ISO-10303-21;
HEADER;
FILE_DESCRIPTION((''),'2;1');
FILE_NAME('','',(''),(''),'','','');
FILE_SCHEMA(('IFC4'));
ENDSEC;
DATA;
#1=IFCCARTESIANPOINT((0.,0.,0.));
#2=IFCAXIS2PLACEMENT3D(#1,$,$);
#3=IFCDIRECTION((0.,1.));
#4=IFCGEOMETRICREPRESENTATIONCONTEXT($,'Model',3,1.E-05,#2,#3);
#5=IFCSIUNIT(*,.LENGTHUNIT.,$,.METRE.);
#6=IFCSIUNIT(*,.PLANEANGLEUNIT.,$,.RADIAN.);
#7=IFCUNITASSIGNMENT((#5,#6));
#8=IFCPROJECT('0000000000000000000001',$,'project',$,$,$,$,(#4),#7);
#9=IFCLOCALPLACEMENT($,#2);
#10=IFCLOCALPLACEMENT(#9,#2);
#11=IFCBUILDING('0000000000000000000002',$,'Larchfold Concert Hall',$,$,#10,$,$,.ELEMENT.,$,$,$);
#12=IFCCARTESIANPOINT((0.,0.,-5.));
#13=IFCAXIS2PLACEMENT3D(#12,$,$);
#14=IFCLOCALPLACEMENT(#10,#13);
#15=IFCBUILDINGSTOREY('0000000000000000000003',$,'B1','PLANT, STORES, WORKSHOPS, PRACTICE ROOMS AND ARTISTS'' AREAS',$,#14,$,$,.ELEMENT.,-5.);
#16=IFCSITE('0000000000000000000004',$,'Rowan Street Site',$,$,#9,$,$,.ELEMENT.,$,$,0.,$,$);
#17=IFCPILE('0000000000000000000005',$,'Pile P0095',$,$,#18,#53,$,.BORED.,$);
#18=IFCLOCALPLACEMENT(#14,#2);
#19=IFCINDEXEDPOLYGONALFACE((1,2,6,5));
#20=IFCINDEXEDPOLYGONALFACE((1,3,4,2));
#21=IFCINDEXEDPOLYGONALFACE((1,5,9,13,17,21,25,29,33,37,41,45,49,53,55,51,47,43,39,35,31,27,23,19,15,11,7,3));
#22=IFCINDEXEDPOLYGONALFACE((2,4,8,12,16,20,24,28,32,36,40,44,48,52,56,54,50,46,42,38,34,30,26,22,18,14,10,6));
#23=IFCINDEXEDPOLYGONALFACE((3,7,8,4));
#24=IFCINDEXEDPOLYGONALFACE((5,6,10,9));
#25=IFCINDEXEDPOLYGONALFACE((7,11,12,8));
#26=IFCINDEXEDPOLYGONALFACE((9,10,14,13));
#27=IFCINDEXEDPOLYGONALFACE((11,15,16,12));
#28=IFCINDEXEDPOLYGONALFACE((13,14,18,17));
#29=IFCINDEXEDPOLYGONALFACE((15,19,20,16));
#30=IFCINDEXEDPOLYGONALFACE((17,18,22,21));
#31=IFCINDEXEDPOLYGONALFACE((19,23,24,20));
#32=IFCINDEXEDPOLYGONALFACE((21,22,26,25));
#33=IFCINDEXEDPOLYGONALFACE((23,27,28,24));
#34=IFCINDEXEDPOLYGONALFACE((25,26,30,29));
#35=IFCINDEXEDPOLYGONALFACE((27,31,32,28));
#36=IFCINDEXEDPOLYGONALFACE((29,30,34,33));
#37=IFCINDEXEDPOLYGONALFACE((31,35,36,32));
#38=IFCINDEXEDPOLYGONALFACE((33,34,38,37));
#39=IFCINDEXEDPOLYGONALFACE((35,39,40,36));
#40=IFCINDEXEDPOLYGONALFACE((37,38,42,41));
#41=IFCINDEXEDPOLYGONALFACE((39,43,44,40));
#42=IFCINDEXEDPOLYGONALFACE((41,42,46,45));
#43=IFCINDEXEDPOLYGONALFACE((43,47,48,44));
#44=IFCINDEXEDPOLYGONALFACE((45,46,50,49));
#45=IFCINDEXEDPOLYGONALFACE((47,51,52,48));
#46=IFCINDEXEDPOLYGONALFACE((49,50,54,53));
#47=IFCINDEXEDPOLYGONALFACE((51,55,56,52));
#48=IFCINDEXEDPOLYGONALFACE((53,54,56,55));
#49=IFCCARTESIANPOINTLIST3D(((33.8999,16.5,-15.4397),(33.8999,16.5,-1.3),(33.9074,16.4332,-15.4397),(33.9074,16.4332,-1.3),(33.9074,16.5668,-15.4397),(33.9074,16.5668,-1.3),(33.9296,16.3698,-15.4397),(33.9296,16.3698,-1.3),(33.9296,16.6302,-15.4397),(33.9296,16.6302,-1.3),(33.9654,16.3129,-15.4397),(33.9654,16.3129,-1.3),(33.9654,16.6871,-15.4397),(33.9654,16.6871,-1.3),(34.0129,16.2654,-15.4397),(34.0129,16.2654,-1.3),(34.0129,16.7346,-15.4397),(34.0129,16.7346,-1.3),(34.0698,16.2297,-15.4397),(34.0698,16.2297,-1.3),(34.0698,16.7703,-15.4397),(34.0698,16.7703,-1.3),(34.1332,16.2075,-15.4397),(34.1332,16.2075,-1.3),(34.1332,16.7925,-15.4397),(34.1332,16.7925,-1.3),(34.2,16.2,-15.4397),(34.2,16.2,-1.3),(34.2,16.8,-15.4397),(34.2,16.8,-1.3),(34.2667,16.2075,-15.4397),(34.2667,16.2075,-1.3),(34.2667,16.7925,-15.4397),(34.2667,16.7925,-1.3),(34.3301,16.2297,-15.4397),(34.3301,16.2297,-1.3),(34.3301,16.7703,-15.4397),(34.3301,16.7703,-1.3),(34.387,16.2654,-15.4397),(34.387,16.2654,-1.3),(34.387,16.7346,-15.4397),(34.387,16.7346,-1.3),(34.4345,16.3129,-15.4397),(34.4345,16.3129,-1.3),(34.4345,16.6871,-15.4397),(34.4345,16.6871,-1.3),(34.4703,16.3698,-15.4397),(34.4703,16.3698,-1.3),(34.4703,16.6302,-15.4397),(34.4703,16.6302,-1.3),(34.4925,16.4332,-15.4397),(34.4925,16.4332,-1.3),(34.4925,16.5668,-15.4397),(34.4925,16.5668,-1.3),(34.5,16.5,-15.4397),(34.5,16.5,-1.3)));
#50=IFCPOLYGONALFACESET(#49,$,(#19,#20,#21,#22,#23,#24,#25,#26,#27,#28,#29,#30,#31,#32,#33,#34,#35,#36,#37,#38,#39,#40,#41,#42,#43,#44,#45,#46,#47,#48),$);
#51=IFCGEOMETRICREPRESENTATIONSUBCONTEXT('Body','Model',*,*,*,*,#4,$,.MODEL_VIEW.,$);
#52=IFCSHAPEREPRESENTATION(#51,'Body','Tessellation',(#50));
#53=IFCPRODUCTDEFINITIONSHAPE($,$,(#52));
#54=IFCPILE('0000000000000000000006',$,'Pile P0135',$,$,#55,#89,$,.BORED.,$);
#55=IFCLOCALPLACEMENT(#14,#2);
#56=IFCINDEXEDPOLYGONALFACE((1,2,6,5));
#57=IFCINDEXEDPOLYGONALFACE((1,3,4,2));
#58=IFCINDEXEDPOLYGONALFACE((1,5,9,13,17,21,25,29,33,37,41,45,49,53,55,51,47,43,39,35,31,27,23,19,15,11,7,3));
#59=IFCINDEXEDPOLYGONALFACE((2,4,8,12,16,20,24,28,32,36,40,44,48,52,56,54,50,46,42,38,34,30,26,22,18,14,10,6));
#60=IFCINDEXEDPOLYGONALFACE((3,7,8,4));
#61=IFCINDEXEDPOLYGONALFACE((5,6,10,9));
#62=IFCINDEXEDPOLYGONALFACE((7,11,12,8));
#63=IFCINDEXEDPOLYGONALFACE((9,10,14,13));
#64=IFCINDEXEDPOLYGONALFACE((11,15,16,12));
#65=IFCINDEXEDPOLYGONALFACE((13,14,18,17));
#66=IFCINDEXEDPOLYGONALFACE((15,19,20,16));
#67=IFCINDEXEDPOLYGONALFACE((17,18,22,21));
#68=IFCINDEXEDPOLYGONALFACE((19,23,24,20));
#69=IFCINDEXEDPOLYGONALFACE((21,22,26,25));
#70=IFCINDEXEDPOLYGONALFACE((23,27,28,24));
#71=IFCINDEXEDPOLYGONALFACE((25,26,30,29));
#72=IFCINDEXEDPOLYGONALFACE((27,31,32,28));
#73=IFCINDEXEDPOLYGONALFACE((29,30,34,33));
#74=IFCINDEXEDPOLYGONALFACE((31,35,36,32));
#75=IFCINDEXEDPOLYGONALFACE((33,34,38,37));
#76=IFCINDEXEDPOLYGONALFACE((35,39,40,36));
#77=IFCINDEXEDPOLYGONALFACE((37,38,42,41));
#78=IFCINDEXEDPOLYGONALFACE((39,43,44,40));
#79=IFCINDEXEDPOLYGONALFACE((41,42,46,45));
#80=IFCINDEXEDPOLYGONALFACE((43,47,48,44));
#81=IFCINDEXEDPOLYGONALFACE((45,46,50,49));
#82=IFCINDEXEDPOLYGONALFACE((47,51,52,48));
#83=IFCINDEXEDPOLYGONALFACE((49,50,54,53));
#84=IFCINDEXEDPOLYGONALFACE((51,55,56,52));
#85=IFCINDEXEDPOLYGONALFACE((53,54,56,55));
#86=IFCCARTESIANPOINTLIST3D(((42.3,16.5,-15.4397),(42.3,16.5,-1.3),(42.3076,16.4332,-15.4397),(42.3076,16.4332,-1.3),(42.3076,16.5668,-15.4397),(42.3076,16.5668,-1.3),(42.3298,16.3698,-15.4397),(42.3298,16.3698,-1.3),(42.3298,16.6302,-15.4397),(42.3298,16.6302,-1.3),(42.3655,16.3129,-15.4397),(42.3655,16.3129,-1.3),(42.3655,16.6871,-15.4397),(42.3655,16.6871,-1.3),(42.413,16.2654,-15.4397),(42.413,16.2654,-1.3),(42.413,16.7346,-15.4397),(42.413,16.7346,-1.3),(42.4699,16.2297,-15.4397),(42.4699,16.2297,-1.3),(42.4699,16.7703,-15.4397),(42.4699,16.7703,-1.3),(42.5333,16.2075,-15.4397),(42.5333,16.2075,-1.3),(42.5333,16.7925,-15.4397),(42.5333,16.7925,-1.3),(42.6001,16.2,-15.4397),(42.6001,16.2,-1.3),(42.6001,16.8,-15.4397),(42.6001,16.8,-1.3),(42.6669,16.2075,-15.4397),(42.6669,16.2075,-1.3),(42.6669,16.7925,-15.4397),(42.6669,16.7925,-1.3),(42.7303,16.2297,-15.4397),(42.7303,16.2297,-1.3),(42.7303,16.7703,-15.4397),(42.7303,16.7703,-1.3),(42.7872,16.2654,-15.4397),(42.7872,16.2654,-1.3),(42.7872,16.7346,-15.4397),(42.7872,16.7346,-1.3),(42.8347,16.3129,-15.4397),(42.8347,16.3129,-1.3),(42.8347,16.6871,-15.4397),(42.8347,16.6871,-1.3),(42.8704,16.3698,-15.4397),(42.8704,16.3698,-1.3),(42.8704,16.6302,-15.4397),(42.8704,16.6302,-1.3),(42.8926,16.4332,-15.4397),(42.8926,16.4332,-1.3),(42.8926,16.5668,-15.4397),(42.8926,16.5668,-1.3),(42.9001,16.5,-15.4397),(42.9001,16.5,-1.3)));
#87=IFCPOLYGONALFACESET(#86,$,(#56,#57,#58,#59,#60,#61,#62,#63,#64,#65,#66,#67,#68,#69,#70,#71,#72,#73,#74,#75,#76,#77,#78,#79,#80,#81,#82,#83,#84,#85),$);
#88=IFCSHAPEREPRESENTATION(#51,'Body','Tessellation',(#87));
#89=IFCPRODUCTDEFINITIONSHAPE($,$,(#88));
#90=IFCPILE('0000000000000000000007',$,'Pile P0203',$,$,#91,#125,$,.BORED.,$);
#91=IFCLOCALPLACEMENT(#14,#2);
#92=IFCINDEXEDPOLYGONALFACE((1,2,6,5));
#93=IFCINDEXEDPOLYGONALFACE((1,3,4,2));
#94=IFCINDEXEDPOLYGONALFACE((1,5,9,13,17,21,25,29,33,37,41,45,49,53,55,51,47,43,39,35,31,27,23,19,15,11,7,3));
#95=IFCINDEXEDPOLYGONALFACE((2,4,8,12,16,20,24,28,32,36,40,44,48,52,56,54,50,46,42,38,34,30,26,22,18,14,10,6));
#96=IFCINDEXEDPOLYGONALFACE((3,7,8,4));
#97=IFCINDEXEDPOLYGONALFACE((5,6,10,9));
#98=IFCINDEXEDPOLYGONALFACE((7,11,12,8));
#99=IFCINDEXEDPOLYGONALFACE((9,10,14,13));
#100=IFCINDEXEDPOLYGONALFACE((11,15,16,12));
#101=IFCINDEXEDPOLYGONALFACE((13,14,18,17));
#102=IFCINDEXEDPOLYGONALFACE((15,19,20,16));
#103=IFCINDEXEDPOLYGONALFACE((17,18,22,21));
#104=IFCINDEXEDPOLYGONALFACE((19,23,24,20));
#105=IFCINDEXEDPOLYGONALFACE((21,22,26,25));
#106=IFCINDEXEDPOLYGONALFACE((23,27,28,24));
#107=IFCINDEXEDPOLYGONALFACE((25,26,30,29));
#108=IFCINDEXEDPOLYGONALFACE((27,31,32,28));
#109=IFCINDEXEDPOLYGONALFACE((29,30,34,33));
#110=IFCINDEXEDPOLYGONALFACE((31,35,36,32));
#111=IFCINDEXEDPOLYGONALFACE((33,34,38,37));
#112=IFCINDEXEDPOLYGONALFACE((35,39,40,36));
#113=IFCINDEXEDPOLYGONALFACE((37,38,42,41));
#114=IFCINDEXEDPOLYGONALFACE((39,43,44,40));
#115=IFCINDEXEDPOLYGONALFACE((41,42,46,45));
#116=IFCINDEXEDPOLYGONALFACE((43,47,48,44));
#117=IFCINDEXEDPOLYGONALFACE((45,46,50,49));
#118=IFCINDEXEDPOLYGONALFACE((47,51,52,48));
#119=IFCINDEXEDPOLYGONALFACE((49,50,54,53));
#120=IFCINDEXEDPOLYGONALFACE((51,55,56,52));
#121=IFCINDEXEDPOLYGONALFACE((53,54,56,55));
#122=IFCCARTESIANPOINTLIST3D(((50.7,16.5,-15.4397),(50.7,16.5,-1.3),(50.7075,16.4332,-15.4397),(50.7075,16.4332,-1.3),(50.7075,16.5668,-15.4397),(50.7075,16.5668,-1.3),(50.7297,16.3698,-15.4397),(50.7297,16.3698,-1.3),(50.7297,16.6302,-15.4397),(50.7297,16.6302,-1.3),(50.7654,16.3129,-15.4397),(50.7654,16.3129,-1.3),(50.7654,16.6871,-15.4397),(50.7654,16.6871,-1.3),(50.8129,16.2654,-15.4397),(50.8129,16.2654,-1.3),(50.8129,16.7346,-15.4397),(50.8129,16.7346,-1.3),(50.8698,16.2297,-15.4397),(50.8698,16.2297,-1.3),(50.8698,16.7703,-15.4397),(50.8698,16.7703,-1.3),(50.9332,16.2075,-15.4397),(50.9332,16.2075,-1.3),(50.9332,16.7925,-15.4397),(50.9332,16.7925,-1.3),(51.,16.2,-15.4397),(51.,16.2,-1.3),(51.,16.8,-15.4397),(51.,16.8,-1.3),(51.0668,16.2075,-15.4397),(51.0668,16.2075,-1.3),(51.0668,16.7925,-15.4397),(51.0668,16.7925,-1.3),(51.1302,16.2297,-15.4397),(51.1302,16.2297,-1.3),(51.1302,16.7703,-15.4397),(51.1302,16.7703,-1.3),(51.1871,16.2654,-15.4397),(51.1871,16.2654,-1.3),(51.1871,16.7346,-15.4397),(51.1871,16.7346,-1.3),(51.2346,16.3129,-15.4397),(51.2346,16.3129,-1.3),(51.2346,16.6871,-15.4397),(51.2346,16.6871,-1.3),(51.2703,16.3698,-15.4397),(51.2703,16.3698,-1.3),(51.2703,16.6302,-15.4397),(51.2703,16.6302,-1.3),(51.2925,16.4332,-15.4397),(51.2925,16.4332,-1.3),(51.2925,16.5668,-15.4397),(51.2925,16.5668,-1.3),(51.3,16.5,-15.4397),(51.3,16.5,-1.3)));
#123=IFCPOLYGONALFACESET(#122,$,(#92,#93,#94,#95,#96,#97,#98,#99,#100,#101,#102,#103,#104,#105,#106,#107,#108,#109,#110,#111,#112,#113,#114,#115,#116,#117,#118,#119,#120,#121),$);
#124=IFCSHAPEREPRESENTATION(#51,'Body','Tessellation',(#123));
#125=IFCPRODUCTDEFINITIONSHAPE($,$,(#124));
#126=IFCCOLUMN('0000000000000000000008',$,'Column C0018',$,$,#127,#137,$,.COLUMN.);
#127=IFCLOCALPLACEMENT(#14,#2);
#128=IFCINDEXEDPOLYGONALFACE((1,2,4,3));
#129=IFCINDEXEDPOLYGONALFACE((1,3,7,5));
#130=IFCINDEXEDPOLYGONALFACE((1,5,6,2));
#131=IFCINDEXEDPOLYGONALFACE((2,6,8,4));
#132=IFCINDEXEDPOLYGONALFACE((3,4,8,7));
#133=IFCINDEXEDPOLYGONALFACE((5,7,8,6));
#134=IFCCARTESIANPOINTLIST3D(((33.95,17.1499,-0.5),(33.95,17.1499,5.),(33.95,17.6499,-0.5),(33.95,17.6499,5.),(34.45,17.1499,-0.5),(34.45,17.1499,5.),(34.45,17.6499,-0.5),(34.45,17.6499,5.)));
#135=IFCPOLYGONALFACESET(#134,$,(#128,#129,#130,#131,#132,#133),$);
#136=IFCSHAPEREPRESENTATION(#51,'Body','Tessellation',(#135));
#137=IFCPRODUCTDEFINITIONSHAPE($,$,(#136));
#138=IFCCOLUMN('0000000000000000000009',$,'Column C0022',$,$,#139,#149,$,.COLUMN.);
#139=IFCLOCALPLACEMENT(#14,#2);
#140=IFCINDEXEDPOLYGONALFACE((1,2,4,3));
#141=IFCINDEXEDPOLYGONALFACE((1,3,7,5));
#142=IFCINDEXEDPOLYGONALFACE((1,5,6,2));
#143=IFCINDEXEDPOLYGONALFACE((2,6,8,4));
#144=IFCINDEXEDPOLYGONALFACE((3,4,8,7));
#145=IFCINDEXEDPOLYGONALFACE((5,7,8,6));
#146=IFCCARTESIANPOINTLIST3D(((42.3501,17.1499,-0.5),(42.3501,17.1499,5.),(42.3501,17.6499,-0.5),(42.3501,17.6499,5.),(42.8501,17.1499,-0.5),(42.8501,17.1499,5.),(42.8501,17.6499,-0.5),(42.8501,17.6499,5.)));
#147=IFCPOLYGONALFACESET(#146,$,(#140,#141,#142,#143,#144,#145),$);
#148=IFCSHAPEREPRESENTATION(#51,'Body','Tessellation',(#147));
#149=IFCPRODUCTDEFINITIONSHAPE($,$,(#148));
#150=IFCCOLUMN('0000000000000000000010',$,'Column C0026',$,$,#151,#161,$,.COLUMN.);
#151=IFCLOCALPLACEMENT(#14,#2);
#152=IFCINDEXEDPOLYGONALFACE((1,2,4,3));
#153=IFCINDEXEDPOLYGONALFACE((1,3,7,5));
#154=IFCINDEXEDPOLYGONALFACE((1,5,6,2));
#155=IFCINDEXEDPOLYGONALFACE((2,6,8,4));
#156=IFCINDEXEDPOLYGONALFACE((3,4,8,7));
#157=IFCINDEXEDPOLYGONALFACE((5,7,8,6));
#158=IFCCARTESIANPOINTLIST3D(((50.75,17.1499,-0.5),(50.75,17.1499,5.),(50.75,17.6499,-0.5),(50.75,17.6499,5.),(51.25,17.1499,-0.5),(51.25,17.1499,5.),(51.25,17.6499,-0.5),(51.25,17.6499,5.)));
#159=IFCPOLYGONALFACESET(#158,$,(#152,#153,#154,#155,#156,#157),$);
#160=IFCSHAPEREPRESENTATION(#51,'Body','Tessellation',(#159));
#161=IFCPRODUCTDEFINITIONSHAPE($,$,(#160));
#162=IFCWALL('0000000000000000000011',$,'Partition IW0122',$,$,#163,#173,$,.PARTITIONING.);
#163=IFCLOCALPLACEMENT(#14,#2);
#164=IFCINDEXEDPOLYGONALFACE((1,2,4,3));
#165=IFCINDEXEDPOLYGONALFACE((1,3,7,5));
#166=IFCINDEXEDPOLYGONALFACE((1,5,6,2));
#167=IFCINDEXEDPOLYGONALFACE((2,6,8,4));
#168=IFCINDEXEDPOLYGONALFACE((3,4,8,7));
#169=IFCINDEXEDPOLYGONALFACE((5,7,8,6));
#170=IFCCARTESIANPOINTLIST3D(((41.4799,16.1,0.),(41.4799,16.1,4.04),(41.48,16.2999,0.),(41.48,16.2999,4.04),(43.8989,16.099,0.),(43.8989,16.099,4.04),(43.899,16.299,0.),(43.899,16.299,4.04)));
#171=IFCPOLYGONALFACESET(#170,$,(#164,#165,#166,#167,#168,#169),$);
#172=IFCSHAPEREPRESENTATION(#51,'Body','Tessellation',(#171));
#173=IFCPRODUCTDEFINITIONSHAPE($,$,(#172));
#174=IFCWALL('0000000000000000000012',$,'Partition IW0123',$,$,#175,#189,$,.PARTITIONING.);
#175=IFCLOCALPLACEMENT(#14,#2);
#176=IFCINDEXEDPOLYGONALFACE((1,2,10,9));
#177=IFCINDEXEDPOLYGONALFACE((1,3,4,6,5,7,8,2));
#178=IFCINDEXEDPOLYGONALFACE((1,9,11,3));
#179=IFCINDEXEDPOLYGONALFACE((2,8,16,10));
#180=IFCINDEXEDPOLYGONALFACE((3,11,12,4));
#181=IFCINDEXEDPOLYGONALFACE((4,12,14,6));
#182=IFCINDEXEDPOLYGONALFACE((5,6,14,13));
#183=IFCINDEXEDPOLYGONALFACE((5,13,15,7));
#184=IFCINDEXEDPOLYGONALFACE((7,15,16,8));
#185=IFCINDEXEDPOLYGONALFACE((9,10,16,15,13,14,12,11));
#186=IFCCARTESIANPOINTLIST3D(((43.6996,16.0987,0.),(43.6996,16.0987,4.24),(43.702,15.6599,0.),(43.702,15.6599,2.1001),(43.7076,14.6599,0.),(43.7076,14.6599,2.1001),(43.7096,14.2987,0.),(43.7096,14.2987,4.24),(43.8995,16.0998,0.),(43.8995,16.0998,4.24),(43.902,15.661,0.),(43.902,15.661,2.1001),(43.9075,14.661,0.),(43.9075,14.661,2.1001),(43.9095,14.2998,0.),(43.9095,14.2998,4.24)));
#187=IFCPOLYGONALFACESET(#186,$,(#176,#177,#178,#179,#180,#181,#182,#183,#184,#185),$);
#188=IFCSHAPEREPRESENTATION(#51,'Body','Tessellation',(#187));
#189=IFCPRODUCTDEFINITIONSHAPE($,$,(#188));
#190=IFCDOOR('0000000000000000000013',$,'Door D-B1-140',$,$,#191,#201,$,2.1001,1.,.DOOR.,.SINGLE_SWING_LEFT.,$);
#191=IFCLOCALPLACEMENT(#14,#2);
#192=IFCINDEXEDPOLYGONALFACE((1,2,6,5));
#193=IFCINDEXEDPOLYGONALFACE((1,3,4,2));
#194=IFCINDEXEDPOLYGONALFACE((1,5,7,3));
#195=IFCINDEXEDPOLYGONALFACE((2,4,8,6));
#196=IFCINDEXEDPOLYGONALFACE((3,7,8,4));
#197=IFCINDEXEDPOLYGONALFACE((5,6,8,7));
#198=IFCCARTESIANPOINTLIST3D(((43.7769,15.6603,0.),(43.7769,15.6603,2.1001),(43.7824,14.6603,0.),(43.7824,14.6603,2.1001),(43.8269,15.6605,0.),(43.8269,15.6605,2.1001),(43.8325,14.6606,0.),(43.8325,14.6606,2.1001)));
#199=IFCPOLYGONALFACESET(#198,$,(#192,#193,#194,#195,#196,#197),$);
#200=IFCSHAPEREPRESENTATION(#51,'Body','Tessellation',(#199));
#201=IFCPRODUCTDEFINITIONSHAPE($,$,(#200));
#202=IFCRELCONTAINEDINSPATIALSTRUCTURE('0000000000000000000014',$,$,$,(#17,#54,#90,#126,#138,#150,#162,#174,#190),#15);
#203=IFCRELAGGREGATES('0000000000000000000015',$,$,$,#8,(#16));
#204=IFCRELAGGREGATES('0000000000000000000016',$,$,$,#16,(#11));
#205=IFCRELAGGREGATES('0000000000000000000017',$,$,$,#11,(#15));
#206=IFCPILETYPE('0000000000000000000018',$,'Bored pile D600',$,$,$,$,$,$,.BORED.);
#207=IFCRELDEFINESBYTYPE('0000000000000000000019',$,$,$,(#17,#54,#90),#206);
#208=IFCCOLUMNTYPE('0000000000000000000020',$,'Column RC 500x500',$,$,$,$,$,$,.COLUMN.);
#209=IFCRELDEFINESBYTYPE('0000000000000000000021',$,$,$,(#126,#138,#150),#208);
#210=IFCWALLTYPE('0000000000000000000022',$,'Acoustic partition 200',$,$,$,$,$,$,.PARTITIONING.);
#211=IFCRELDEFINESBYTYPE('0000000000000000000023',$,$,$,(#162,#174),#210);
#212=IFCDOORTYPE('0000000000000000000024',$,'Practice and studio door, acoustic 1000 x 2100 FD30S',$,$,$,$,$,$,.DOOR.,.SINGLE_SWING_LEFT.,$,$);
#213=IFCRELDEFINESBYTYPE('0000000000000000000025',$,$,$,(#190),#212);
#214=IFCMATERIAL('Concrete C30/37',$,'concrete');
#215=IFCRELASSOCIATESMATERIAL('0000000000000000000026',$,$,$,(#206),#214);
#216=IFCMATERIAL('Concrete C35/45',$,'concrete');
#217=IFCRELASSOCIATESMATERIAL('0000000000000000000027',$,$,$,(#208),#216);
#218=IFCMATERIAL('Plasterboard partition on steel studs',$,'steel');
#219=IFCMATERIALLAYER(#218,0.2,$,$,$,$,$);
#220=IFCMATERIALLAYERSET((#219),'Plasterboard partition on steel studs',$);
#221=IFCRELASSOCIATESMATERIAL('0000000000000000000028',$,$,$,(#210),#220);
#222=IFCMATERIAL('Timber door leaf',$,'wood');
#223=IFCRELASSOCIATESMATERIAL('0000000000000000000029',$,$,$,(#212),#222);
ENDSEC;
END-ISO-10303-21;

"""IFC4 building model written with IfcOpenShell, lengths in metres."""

from ifc_helpers import new_model, si_unit, direction, frame, frame_2d, origin, origin_2d, place, context, subcontext, project, spatial, rectangle, circle, extrude, material, layer, layer_set, material_profile, profile_set, type_object, element, fill, save


model = new_model("IFC4")

# Units and contexts
model_context = context("Model", 3, precision=1e-05, world=origin(), true_north=direction((0.0, 1.0)))
body_context = subcontext(model_context, "Body", "Model", "MODEL_VIEW")
ifc_project = project(units=[si_unit("LENGTHUNIT", "METRE"), si_unit("PLANEANGLEUNIT", "RADIAN")], contexts=[model_context])

# Site, building, storey
site_placement = place(None, origin())
site = spatial("IfcSite", under=ifc_project, at=site_placement, Name="Rowan Street Site", CompositionType="ELEMENT", RefElevation=0.0)
building_placement = place(site_placement, origin())
building = spatial("IfcBuilding", under=site, at=building_placement, Name="Larchfold Concert Hall", CompositionType="ELEMENT")
storey_placement = place(building_placement, frame((0.0, 0.0, -5.0)))
storey = spatial("IfcBuildingStorey", under=building, at=storey_placement, Name="B1", Description="PLANT, STORES, WORKSHOPS, PRACTICE ROOMS AND ARTISTS' AREAS", CompositionType="ELEMENT", Elevation=-5.0)

# Piles
ifc_material_1 = material(Name="Concrete C30/37", Category="concrete")
ifc_material_profile_1 = material_profile(ifc_material_1, circle(Radius=0.3, at=origin_2d()))
ifc_profile_set_1 = profile_set([ifc_material_profile_1], Name="Concrete C30/37")
pile_type = type_object("IfcPileType", Name="Bored pile D600", PredefinedType="BORED", material=ifc_profile_set_1)
for number, where, z_axis, x_axis, name in (
    (1, (34.2, 16.5, -1.3), (0.0, 0.0, -1.0), (1.0, 0.0, 0.0), "Pile P0095"),
    (2, (42.6001, 16.5, -1.3), (0.0, 0.0, -1.0), (1.0, 0.0, 0.0), "Pile P0135"),
    (3, (51.0, 16.5, -1.3), (0.0, 0.0, -1.0), (1.0, 0.0, 0.0), "Pile P0203"),
):
    element("IfcPile", number, at=place(storey_placement, frame(where, z_axis=z_axis, x_axis=x_axis)), inside=storey, type_object=pile_type, Name=name, PredefinedType="BORED", context=body_context, shape_type="SweptSolid", body=[
        extrude(circle(Radius=0.3, at=origin_2d()), origin(), (0.0, 0.0, 1.0), 14.1396),
    ])

# Columns
ifc_material_2 = material(Name="Concrete C35/45", Category="concrete")
ifc_material_profile_2 = material_profile(ifc_material_2, rectangle(XDim=0.5, YDim=0.5, at=origin_2d()))
ifc_profile_set_2 = profile_set([ifc_material_profile_2], Name="Concrete C35/45")
column_type = type_object("IfcColumnType", Name="Column RC 500x500", PredefinedType="COLUMN", material=ifc_profile_set_2)
for number, where, z_axis, x_axis, name in (
    (4, (34.2, 17.3999, -0.5), (0.0, 0.0, 1.0), (1.0, 0.0, 0.0), "Column C0018"),
    (5, (42.6001, 17.3999, -0.5), (0.0, 0.0, 1.0), (1.0, 0.0, 0.0), "Column C0022"),
    (6, (51.0, 17.3999, -0.5), (0.0, 0.0, 1.0), (1.0, 0.0, 0.0), "Column C0026"),
):
    element("IfcColumn", number, at=place(storey_placement, frame(where, z_axis=z_axis, x_axis=x_axis)), inside=storey, type_object=column_type, Name=name, PredefinedType="COLUMN", context=body_context, shape_type="SweptSolid", body=[
        extrude(rectangle(XDim=0.5, YDim=0.5, at=origin_2d()), origin(), (0.0, 0.0, 1.0), 5.5),
    ])

# Wall
ifc_material_3 = material(Name="Plasterboard partition on steel studs", Category="steel")
ifc_layer_1 = layer(ifc_material_3, 0.2)
ifc_layer_set_1 = layer_set([ifc_layer_1], Name="Plasterboard partition on steel studs")
wall_type_1 = type_object("IfcWallType", Name="Acoustic partition 200", PredefinedType="PARTITIONING", material=ifc_layer_set_1)
wall_1_placement = place(storey_placement, frame((41.48, 16.2, 0.0), z_axis=(0.0, 0.0, 1.0), x_axis=(1.0, -0.000404, 0.0)))
element("IfcWall", 7, at=wall_1_placement, inside=storey, type_object=wall_type_1, Name="Partition IW0122", PredefinedType="PARTITIONING", context=body_context, shape_type="SweptSolid", body=[
    extrude(rectangle(XDim=2.4189, YDim=0.2, at=frame_2d((1.2095, 0.0))), origin(), (0.0, 0.0, 1.0), 4.04),
])

# Wall, opening, door
wall_2_placement = place(storey_placement, frame((43.7996, 16.0991, 0.0), z_axis=(0.0, 0.0, 1.0), x_axis=(0.005561, -0.999985, 0.0)))
wall_2 = element("IfcWall", 8, at=wall_2_placement, inside=storey, type_object=wall_type_1, Name="Partition IW0123", PredefinedType="PARTITIONING", context=body_context, shape_type="SweptSolid", body=[
    extrude(rectangle(XDim=1.8, YDim=0.2, at=frame_2d((0.8999, 0.0))), origin(), (0.0, 0.0, 1.0), 4.24),
])
opening_1_placement = place(wall_2_placement, frame((0.4387, 0.0, 0.0)))
opening_1 = element("IfcOpeningElement", 9, at=opening_1_placement, cuts=wall_2, PredefinedType="OPENING", context=body_context, shape_type="SweptSolid", body=[
    extrude(rectangle(XDim=1.0, YDim=2.1001, at=frame_2d((0.5, 1.05))), frame((0.0, 0.1099, 0.0), z_axis=(0.0, -1.0, 0.0), x_axis=(1.0, 0.0, 0.0)), (0.0, 0.0, 1.0), 0.22),
])
ifc_material_4 = material(Name="Timber door leaf", Category="wood")
door_type_1 = type_object("IfcDoorType", Name="Practice and studio door, acoustic 1000 x 2100 FD30S", OperationType="SINGLE_SWING_LEFT", PredefinedType="DOOR", material=ifc_material_4)
door_1_placement = place(opening_1_placement, origin())
door_1 = element("IfcDoor", 10, at=door_1_placement, inside=storey, type_object=door_type_1, Name="Door D-B1-140", OperationType="SINGLE_SWING_LEFT", OverallHeight=2.1001, OverallWidth=1.0, PredefinedType="DOOR", context=body_context, shape_type="SweptSolid", body=[
    extrude(rectangle(XDim=1.0, YDim=2.1001, at=frame_2d((0.5, 1.05))), frame((0.0, 0.0249, 0.0), z_axis=(0.0, -1.0, 0.0), x_axis=(1.0, 0.0, 0.0)), (0.0, 0.0, 1.0), 0.05),
])
fill(opening_1, door_1)

save(model, "model.ifc")
